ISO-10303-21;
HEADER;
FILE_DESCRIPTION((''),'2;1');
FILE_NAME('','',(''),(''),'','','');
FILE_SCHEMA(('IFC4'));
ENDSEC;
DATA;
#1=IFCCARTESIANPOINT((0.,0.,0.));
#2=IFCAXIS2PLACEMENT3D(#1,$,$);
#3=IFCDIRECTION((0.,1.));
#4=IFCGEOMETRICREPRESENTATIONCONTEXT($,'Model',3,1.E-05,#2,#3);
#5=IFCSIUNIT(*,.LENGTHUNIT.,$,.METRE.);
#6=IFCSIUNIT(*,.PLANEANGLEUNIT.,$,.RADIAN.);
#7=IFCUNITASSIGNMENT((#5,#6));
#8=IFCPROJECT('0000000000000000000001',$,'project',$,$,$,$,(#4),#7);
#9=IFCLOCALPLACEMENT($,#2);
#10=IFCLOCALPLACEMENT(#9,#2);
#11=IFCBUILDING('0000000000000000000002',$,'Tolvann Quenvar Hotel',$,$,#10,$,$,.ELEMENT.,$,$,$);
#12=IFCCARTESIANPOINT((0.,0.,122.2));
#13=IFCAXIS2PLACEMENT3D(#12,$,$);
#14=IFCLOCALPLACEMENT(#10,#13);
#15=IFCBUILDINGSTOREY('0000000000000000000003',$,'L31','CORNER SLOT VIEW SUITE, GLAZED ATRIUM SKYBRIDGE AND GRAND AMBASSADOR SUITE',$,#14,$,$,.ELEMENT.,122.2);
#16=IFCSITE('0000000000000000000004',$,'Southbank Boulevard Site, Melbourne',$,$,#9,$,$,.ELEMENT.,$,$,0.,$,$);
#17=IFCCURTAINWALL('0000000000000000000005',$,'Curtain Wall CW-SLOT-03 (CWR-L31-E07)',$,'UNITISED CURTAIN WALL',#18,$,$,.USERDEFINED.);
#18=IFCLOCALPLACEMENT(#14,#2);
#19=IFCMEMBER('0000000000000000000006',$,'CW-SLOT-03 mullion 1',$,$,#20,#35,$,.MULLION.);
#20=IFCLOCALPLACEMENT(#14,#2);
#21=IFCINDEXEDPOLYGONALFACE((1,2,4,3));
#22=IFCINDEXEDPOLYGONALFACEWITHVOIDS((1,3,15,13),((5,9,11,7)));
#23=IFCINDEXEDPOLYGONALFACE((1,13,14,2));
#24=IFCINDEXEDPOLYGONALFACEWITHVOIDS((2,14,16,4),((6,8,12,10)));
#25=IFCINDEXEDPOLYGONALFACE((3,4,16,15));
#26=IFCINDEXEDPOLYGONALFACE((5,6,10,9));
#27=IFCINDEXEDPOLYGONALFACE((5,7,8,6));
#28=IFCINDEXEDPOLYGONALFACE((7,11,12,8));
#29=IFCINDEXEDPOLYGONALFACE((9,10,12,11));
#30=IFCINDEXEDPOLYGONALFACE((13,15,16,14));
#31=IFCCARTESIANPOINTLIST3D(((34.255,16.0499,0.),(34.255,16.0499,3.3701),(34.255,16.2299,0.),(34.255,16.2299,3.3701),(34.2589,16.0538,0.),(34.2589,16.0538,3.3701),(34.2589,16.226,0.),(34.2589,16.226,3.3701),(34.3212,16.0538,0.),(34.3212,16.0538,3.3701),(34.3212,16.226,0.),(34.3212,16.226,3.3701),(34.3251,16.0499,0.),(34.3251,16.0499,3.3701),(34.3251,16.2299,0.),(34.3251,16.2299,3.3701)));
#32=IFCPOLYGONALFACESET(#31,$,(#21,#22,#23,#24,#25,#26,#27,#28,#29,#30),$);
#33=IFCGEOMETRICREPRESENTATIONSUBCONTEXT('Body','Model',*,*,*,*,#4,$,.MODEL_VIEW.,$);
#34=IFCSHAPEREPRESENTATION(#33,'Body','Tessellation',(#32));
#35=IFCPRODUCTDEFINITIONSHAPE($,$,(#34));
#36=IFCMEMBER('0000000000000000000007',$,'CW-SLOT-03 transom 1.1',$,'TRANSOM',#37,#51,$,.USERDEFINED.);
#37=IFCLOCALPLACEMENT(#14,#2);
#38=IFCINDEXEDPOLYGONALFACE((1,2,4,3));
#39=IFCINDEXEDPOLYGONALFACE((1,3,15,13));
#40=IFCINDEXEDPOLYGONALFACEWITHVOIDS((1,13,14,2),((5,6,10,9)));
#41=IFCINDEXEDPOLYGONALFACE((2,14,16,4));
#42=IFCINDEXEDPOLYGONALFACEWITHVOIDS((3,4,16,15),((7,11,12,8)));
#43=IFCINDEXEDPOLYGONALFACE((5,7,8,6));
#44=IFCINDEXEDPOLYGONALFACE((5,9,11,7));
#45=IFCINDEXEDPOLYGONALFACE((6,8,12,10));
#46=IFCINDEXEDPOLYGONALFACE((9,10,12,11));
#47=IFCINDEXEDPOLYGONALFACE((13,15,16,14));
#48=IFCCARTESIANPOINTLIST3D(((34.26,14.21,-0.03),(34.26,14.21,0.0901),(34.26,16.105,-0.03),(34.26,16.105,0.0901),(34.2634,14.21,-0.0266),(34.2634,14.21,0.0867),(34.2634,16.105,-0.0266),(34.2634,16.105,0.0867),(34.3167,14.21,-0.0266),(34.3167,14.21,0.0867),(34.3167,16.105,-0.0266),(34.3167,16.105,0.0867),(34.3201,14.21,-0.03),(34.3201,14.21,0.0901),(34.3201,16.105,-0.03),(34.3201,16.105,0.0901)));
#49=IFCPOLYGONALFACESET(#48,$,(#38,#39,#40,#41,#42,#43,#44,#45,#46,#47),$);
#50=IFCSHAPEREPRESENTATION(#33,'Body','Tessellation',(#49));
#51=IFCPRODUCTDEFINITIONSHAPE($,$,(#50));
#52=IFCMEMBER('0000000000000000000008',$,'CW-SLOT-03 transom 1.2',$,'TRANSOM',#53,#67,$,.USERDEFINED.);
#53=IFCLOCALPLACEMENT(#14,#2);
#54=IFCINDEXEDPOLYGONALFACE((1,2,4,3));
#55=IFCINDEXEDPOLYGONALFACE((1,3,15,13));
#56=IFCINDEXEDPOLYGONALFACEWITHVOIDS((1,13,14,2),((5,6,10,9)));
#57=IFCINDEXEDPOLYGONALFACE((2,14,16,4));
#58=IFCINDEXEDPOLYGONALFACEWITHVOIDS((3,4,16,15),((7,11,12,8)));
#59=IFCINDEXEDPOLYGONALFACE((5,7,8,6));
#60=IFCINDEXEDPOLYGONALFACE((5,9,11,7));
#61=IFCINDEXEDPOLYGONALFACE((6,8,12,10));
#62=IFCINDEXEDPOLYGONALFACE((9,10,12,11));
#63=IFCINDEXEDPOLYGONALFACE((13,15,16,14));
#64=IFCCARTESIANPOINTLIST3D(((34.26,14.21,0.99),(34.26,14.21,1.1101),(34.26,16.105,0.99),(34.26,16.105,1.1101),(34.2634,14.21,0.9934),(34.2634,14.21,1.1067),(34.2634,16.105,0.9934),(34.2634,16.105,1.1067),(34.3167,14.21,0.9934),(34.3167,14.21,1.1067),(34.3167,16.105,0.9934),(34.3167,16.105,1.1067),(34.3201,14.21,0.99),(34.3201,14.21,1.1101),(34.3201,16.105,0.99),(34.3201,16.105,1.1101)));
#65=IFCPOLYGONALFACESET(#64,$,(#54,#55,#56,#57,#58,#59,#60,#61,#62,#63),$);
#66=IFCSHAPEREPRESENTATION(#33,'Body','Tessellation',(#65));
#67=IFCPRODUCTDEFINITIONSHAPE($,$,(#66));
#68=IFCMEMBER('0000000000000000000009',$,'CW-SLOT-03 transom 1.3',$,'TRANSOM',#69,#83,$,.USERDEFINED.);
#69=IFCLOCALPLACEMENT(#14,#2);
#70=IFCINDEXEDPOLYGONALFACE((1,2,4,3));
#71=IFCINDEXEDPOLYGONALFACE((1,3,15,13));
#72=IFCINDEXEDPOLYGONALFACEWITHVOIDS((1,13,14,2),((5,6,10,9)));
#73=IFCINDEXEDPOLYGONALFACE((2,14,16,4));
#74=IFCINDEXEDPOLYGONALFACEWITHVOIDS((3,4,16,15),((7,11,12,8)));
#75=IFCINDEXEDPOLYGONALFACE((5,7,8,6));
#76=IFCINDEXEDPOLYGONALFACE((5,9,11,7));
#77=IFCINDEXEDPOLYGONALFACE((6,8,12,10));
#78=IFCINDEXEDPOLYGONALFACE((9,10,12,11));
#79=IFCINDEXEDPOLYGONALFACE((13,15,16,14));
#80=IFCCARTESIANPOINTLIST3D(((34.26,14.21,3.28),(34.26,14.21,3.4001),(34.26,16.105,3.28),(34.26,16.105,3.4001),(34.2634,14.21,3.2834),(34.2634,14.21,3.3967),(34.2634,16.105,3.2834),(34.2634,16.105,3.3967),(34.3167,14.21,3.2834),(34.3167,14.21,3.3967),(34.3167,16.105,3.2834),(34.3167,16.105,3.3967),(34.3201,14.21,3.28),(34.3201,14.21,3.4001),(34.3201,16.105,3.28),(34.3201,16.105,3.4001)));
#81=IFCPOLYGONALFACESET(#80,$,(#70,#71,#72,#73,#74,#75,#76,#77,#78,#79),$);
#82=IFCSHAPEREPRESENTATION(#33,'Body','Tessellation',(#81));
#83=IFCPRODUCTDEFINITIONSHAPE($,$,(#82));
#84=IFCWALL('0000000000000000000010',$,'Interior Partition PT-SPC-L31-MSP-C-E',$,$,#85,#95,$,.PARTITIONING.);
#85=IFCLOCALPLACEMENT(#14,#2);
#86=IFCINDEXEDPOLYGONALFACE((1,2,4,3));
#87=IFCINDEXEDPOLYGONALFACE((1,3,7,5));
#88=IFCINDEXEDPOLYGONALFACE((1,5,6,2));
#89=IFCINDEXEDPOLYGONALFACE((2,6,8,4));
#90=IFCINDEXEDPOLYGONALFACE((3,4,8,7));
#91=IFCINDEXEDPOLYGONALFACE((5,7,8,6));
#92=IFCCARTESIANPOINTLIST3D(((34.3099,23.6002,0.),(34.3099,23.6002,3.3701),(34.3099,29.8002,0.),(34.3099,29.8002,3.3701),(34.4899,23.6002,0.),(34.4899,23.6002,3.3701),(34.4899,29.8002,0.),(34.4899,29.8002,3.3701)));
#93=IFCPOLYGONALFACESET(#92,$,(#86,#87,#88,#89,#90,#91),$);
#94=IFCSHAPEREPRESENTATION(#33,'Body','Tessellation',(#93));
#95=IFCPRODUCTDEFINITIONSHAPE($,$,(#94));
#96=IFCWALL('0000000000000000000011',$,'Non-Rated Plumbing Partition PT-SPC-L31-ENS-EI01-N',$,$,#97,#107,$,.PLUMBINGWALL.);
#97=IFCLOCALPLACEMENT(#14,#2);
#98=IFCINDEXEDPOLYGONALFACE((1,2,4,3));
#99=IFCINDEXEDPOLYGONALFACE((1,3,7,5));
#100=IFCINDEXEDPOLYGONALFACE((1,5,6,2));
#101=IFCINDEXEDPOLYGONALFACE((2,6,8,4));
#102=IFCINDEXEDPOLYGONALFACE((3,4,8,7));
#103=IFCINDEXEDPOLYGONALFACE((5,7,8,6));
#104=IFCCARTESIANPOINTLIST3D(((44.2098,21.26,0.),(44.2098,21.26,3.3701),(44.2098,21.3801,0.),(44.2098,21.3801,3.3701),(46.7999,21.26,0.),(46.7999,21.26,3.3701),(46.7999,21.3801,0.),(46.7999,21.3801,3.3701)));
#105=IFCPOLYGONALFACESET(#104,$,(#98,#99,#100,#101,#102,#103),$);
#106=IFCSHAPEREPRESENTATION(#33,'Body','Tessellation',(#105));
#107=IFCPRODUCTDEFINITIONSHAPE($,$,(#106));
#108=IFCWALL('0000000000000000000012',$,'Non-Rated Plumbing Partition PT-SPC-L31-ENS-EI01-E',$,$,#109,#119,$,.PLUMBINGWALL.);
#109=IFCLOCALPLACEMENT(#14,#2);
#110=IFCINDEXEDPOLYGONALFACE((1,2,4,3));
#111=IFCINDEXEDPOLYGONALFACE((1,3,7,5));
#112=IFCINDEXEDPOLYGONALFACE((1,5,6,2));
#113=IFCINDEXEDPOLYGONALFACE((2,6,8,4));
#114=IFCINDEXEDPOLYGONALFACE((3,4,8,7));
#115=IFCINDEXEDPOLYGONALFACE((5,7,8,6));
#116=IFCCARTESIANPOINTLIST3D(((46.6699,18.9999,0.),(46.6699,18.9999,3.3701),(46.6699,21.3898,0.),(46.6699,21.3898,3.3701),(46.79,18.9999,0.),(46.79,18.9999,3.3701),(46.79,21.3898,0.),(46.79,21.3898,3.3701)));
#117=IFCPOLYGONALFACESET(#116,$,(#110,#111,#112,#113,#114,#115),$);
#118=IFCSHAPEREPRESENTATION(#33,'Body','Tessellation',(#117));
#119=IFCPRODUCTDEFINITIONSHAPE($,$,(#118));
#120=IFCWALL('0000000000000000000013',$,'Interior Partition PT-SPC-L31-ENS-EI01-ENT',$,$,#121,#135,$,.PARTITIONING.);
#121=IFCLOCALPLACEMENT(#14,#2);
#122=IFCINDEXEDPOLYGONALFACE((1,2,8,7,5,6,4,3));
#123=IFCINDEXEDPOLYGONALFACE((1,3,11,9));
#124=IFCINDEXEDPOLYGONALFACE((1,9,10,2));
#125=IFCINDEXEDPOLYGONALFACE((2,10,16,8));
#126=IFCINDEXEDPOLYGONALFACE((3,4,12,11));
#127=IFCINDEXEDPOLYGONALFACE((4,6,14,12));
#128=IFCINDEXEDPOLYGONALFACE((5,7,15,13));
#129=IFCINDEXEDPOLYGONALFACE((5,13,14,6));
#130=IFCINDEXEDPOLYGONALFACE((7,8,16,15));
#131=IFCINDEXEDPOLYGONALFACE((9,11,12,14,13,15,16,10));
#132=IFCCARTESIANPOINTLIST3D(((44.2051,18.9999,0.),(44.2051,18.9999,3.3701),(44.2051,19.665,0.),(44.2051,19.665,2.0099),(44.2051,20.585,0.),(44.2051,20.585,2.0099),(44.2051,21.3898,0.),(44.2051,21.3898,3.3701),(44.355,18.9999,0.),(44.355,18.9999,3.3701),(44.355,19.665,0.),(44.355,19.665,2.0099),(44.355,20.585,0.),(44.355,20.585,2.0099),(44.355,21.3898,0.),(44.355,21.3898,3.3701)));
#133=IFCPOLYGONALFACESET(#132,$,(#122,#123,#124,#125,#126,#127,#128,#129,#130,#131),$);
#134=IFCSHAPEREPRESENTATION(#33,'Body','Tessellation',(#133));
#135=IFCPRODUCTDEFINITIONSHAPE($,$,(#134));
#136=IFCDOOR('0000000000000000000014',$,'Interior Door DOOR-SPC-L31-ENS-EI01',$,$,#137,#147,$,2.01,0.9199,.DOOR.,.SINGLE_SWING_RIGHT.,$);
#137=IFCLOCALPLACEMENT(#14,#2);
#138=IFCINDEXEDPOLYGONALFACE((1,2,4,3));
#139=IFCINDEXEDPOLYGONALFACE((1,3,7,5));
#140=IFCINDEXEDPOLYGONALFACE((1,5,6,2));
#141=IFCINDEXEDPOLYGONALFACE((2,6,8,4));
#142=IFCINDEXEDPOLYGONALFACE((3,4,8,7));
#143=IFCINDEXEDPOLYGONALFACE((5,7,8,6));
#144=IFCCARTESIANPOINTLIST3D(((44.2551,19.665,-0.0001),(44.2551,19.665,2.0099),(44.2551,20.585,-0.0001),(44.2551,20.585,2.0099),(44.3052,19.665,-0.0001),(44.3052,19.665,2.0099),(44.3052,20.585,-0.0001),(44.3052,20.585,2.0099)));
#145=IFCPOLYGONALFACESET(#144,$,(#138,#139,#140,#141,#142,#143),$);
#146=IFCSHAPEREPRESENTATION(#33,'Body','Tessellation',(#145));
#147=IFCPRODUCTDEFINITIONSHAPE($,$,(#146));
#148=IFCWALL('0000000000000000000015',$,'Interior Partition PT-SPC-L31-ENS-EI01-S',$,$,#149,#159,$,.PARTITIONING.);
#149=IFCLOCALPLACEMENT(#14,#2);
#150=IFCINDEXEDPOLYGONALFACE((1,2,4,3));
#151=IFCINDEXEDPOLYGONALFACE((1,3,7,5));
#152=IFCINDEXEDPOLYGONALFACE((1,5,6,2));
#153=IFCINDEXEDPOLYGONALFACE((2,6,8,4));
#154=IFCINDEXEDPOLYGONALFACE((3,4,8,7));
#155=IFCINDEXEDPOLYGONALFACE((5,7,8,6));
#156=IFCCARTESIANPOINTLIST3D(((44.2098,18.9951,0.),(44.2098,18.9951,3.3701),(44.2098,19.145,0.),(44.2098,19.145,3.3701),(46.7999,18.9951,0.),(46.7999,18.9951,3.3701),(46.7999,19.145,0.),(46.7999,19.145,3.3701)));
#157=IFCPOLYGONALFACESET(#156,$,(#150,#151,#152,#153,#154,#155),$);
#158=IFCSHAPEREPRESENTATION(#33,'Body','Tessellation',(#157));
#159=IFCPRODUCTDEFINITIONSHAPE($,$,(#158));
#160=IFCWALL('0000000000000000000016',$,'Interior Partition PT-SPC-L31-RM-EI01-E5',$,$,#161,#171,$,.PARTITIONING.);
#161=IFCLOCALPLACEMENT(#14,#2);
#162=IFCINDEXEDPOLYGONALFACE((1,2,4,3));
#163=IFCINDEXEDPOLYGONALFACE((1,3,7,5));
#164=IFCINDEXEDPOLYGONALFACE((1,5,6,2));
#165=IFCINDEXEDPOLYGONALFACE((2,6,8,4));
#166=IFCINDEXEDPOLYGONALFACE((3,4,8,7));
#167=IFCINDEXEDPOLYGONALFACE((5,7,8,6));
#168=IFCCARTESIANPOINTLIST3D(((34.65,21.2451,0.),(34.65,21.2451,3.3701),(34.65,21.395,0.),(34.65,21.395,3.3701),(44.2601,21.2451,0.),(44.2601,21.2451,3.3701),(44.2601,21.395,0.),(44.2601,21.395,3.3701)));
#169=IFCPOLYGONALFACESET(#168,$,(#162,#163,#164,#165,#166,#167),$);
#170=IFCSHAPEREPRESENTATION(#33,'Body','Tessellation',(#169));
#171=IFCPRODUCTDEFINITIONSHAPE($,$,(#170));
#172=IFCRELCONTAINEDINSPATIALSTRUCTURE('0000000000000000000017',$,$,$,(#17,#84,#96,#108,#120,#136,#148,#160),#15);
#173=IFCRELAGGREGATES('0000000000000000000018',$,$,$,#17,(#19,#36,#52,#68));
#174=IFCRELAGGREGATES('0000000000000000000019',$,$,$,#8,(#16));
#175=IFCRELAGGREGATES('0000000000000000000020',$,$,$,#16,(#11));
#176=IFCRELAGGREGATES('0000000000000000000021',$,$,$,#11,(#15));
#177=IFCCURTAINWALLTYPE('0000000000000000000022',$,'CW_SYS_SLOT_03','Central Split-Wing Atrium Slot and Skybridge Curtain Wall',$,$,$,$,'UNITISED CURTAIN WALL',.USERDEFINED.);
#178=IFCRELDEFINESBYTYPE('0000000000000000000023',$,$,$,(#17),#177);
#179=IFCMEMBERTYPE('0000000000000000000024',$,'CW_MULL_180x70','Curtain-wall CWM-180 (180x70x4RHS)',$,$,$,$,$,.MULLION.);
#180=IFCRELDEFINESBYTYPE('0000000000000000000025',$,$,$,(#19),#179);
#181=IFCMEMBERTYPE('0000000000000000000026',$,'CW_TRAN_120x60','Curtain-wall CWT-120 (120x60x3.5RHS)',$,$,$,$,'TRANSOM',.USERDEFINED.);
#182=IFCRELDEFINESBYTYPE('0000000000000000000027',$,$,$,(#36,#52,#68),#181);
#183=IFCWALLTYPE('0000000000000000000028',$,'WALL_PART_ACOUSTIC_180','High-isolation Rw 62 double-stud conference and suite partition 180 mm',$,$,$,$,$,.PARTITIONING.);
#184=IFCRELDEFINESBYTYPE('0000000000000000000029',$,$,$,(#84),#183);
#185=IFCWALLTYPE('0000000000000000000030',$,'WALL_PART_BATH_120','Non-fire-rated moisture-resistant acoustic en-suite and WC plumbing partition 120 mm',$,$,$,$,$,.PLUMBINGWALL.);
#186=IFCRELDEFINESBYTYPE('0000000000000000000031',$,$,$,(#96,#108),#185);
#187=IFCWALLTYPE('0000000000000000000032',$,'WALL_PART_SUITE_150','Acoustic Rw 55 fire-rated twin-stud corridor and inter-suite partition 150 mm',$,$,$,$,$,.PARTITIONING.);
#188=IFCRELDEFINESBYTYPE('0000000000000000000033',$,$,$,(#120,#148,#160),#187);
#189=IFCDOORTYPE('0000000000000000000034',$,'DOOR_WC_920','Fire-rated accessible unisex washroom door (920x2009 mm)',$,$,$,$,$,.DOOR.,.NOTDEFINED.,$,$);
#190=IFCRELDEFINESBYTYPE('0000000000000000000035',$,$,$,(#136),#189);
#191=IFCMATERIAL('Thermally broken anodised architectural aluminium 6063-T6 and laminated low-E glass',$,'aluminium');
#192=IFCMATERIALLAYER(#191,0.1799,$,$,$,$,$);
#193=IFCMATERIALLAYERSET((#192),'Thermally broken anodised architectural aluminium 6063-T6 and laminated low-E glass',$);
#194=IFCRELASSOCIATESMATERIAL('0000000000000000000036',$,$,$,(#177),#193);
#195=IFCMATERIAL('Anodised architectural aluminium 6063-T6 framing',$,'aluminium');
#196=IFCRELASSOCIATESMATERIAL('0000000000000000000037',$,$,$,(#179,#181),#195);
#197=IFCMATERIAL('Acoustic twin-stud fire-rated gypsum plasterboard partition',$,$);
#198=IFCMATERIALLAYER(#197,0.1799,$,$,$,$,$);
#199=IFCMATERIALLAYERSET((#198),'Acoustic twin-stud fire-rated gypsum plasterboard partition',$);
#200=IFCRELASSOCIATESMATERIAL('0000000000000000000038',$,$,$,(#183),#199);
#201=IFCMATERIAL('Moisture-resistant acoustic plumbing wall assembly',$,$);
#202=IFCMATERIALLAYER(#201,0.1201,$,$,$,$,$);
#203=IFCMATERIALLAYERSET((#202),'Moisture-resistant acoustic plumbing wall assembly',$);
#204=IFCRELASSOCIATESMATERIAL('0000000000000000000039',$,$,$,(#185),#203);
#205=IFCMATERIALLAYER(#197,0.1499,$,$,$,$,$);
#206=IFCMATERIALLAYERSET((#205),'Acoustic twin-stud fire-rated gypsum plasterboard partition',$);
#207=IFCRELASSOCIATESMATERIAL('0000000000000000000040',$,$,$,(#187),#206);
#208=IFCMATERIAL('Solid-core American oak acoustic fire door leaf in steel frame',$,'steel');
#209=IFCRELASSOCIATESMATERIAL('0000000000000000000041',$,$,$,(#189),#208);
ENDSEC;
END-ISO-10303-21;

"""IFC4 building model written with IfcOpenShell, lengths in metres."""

from ifc_helpers import new_model, si_unit, direction, frame, frame_2d, origin, origin_2d, place, context, subcontext, project, spatial, rectangle, hollow_rectangle, extrude, source, transform, mapped, material, layer, layer_set, material_profile, profile_set, type_object, type_shapes, element, fill, aggregate, save


model = new_model("IFC4")

# Units and contexts
model_context = context("Model", 3, precision=1e-05, world=origin(), true_north=direction((0.0, 1.0)))
body_context = subcontext(model_context, "Body", "Model", "MODEL_VIEW")
ifc_project = project(units=[si_unit("LENGTHUNIT", "METRE"), si_unit("PLANEANGLEUNIT", "RADIAN")], contexts=[model_context])

# Site, building, storey
site_placement = place(None, origin())
site = spatial("IfcSite", under=ifc_project, at=site_placement, Name="Southbank Boulevard Site, Melbourne", CompositionType="ELEMENT", RefElevation=0.0)
building_placement = place(site_placement, origin())
building = spatial("IfcBuilding", under=site, at=building_placement, Name="Tolvann Quenvar Hotel", CompositionType="ELEMENT")
storey_placement = place(building_placement, frame((0.0, 0.0, 122.2)))
storey = spatial("IfcBuildingStorey", under=building, at=storey_placement, Name="L31", Description="CORNER SLOT VIEW SUITE, GLAZED ATRIUM SKYBRIDGE AND GRAND AMBASSADOR SUITE", CompositionType="ELEMENT", Elevation=122.2)

# Curtain wall, members
ifc_material_1 = material(Name="Thermally broken anodised architectural aluminium 6063-T6 and laminated low-E glass", Category="aluminium")
ifc_layer_1 = layer(ifc_material_1, 0.1799)
ifc_layer_set_1 = layer_set([ifc_layer_1], Name="Thermally broken anodised architectural aluminium 6063-T6 and laminated low-E glass")
curtain_wall_type = type_object("IfcCurtainWallType", Name="CW_SYS_SLOT_03", Description="Central Split-Wing Atrium Slot and Skybridge Curtain Wall", ElementType="UNITISED CURTAIN WALL", PredefinedType="USERDEFINED", material=ifc_layer_set_1)
curtain_wall_placement = place(storey_placement, origin())
curtain_wall = element("IfcCurtainWall", 1, at=curtain_wall_placement, inside=storey, type_object=curtain_wall_type, Name="Curtain Wall CW-SLOT-03 (CWR-L31-E07)", ObjectType="UNITISED CURTAIN WALL", PredefinedType="USERDEFINED")
ifc_material_2 = material(Name="Anodised architectural aluminium 6063-T6 framing", Category="aluminium")
ifc_material_profile_1 = material_profile(ifc_material_2, hollow_rectangle(XDim=0.0701, YDim=0.1799, WallThickness=0.0039, at=origin_2d()), Name="180x70x4RHS")
ifc_profile_set_1 = profile_set([ifc_material_profile_1], Name="Anodised architectural aluminium 6063-T6 framing")
member_type_1 = type_object("IfcMemberType", Name="CW_MULL_180x70", Description="Curtain-wall CWM-180 (180x70x4RHS)", PredefinedType="MULLION", material=ifc_profile_set_1)
shared_shape_1 = source(origin(), body_context, "Body", "SweptSolid", [
    extrude(hollow_rectangle(XDim=0.0701, YDim=0.1799, WallThickness=0.0039, at=origin_2d()), origin(), (0.0, 0.0, 1.0), 3.3701),
])
type_shapes(member_type_1, [shared_shape_1])
member_1_placement = place(storey_placement, frame((34.29, 16.1399, 0.0), z_axis=(0.0, 0.0, 1.0), x_axis=(1.0, 0.0, 0.0)))
member_1 = element("IfcMember", 2, at=member_1_placement, type_object=member_type_1, Name="CW-SLOT-03 mullion 1", PredefinedType="MULLION", context=body_context, shape_type="MappedRepresentation", body=[
    mapped(shared_shape_1, transform((0.0, 0.0, 0.0), x_axis=(1.0, 0.0, 0.0), y_axis=(0.0, 1.0, 0.0), z_axis=(0.0, 0.0, 1.0), scale=1.0)),
])
ifc_material_profile_2 = material_profile(ifc_material_2, hollow_rectangle(XDim=0.0601, YDim=0.1201, WallThickness=0.0034, at=origin_2d()), Name="120x60x3.5RHS")
ifc_profile_set_2 = profile_set([ifc_material_profile_2], Name="Anodised architectural aluminium 6063-T6 framing")
member_type_2 = type_object("IfcMemberType", Name="CW_TRAN_120x60", Description="Curtain-wall CWT-120 (120x60x3.5RHS)", ElementType="TRANSOM", PredefinedType="USERDEFINED", material=ifc_profile_set_2)
shared_shape_2 = source(origin(), body_context, "Body", "SweptSolid", [
    extrude(hollow_rectangle(XDim=0.0601, YDim=0.1201, WallThickness=0.0034, at=origin_2d()), origin(), (0.0, 0.0, 1.0), 1.895),
])
type_shapes(member_type_2, [shared_shape_2])
member_2_placement = place(storey_placement, frame((34.29, 16.105, 0.03), z_axis=(0.0, -1.0, 0.0), x_axis=(1.0, 0.0, 0.0)))
member_2 = element("IfcMember", 3, at=member_2_placement, type_object=member_type_2, Name="CW-SLOT-03 transom 1.1", ObjectType="TRANSOM", PredefinedType="USERDEFINED", context=body_context, shape_type="MappedRepresentation", body=[
    mapped(shared_shape_2, transform((0.0, 0.0, 0.0), x_axis=(1.0, 0.0, 0.0), y_axis=(0.0, 1.0, 0.0), z_axis=(0.0, 0.0, 1.0), scale=1.0)),
])
member_3_placement = place(storey_placement, frame((34.29, 16.105, 1.05), z_axis=(0.0, -1.0, 0.0), x_axis=(1.0, 0.0, 0.0)))
member_3 = element("IfcMember", 4, at=member_3_placement, type_object=member_type_2, Name="CW-SLOT-03 transom 1.2", ObjectType="TRANSOM", PredefinedType="USERDEFINED", context=body_context, shape_type="MappedRepresentation", body=[
    mapped(shared_shape_2, transform((0.0, 0.0, 0.0), x_axis=(1.0, 0.0, 0.0), y_axis=(0.0, 1.0, 0.0), z_axis=(0.0, 0.0, 1.0), scale=1.0)),
])
member_4_placement = place(storey_placement, frame((34.29, 16.105, 3.3401), z_axis=(0.0, -1.0, 0.0), x_axis=(1.0, 0.0, 0.0)))
member_4 = element("IfcMember", 5, at=member_4_placement, type_object=member_type_2, Name="CW-SLOT-03 transom 1.3", ObjectType="TRANSOM", PredefinedType="USERDEFINED", context=body_context, shape_type="MappedRepresentation", body=[
    mapped(shared_shape_2, transform((0.0, 0.0, 0.0), x_axis=(1.0, 0.0, 0.0), y_axis=(0.0, 1.0, 0.0), z_axis=(0.0, 0.0, 1.0), scale=1.0)),
])
aggregate(curtain_wall, [member_1, member_2, member_3, member_4])

# Walls
ifc_material_3 = material(Name="Acoustic twin-stud fire-rated gypsum plasterboard partition")
ifc_layer_2 = layer(ifc_material_3, 0.1799)
ifc_layer_set_2 = layer_set([ifc_layer_2], Name="Acoustic twin-stud fire-rated gypsum plasterboard partition")
wall_type_1 = type_object("IfcWallType", Name="WALL_PART_ACOUSTIC_180", Description="High-isolation Rw 62 double-stud conference and suite partition 180 mm", PredefinedType="PARTITIONING", material=ifc_layer_set_2)
wall_1_placement = place(storey_placement, frame((34.3999, 23.6001, 0.0), z_axis=(0.0, 0.0, 1.0), x_axis=(0.0, 1.0, 0.0)))
element("IfcWall", 6, at=wall_1_placement, inside=storey, type_object=wall_type_1, Name="Interior Partition PT-SPC-L31-MSP-C-E", PredefinedType="PARTITIONING", context=body_context, shape_type="SweptSolid", body=[
    extrude(rectangle(XDim=6.2, YDim=0.1799, at=frame_2d((3.1001, 0.0))), origin(), (0.0, 0.0, 1.0), 3.3701),
])
ifc_material_4 = material(Name="Moisture-resistant acoustic plumbing wall assembly")
ifc_layer_3 = layer(ifc_material_4, 0.1201)
ifc_layer_set_3 = layer_set([ifc_layer_3], Name="Moisture-resistant acoustic plumbing wall assembly")
wall_type_2 = type_object("IfcWallType", Name="WALL_PART_BATH_120", Description="Non-fire-rated moisture-resistant acoustic en-suite and WC plumbing partition 120 mm", PredefinedType="PLUMBINGWALL", material=ifc_layer_set_3)
wall_2_placement = place(storey_placement, frame((44.21, 21.3201, 0.0), z_axis=(0.0, 0.0, 1.0), x_axis=(1.0, 0.0, 0.0)))
element("IfcWall", 7, at=wall_2_placement, inside=storey, type_object=wall_type_2, Name="Non-Rated Plumbing Partition PT-SPC-L31-ENS-EI01-N", PredefinedType="PLUMBINGWALL", context=body_context, shape_type="SweptSolid", body=[
    extrude(rectangle(XDim=2.5901, YDim=0.1201, at=frame_2d((1.2949, 0.0))), origin(), (0.0, 0.0, 1.0), 3.3701),
])
wall_3_placement = place(storey_placement, frame((46.73, 19.0, 0.0), z_axis=(0.0, 0.0, 1.0), x_axis=(0.0, 1.0, 0.0)))
element("IfcWall", 8, at=wall_3_placement, inside=storey, type_object=wall_type_2, Name="Non-Rated Plumbing Partition PT-SPC-L31-ENS-EI01-E", PredefinedType="PLUMBINGWALL", context=body_context, shape_type="SweptSolid", body=[
    extrude(rectangle(XDim=2.3899, YDim=0.1201, at=frame_2d((1.1948, 0.0))), origin(), (0.0, 0.0, 1.0), 3.3701),
])

# Wall, opening, door
ifc_layer_4 = layer(ifc_material_3, 0.1499)
ifc_layer_set_4 = layer_set([ifc_layer_4], Name="Acoustic twin-stud fire-rated gypsum plasterboard partition")
wall_type_3 = type_object("IfcWallType", Name="WALL_PART_SUITE_150", Description="Acoustic Rw 55 fire-rated twin-stud corridor and inter-suite partition 150 mm", PredefinedType="PARTITIONING", material=ifc_layer_set_4)
wall_4_placement = place(storey_placement, frame((44.28, 19.0, 0.0), z_axis=(0.0, 0.0, 1.0), x_axis=(0.0, 1.0, 0.0)))
wall_4 = element("IfcWall", 9, at=wall_4_placement, inside=storey, type_object=wall_type_3, Name="Interior Partition PT-SPC-L31-ENS-EI01-ENT", PredefinedType="PARTITIONING", context=body_context, shape_type="SweptSolid", body=[
    extrude(rectangle(XDim=2.3899, YDim=0.1499, at=frame_2d((1.1948, 0.0))), origin(), (0.0, 0.0, 1.0), 3.3701),
])
opening_1_placement = place(wall_4_placement, frame((0.665, 0.0, 0.0)))
opening_1 = element("IfcOpeningElement", 10, at=opening_1_placement, cuts=wall_4, PredefinedType="OPENING", context=body_context, shape_type="SweptSolid", body=[
    extrude(rectangle(XDim=0.9199, YDim=2.01, at=frame_2d((0.46, 1.0049))), frame((0.0, 0.085, 0.0), z_axis=(0.0, -1.0, 0.0), x_axis=(1.0, 0.0, 0.0)), (0.0, 0.0, 1.0), 0.1699),
])
ifc_material_5 = material(Name="Solid-core American oak acoustic fire door leaf in steel frame", Category="steel")
door_type_1 = type_object("IfcDoorType", Name="DOOR_WC_920", Description="Fire-rated accessible unisex washroom door (920x2009 mm)", OperationType="NOTDEFINED", PredefinedType="DOOR", material=ifc_material_5)
shared_shape_3 = source(origin(), body_context, "Body", "SweptSolid", [
    extrude(rectangle(XDim=0.9199, YDim=2.01, at=frame_2d((0.46, 1.0049))), frame((0.0, 0.0249, 0.0), z_axis=(0.0, -1.0, 0.0), x_axis=(1.0, 0.0, 0.0)), (0.0, 0.0, 1.0), 0.05),
])
type_shapes(door_type_1, [shared_shape_3])
door_1_placement = place(opening_1_placement, origin())
door_1 = element("IfcDoor", 11, at=door_1_placement, inside=storey, type_object=door_type_1, Name="Interior Door DOOR-SPC-L31-ENS-EI01", OperationType="SINGLE_SWING_RIGHT", OverallHeight=2.01, OverallWidth=0.9199, PredefinedType="DOOR", context=body_context, shape_type="MappedRepresentation", body=[
    mapped(shared_shape_3, transform((0.0, 0.0, 0.0), x_axis=(1.0, 0.0, 0.0), y_axis=(0.0, 1.0, 0.0), z_axis=(0.0, 0.0, 1.0), scale=1.0)),
])
fill(opening_1, door_1)

# Walls
wall_5_placement = place(storey_placement, frame((44.21, 19.0701, 0.0), z_axis=(0.0, 0.0, 1.0), x_axis=(1.0, 0.0, 0.0)))
element("IfcWall", 12, at=wall_5_placement, inside=storey, type_object=wall_type_3, Name="Interior Partition PT-SPC-L31-ENS-EI01-S", PredefinedType="PARTITIONING", context=body_context, shape_type="SweptSolid", body=[
    extrude(rectangle(XDim=2.5901, YDim=0.1499, at=frame_2d((1.2949, 0.0))), origin(), (0.0, 0.0, 1.0), 3.3701),
])
wall_6_placement = place(storey_placement, frame((34.6499, 21.3201, 0.0), z_axis=(0.0, 0.0, 1.0), x_axis=(1.0, 0.0, 0.0)))
element("IfcWall", 13, at=wall_6_placement, inside=storey, type_object=wall_type_3, Name="Interior Partition PT-SPC-L31-RM-EI01-E5", PredefinedType="PARTITIONING", context=body_context, shape_type="SweptSolid", body=[
    extrude(rectangle(XDim=9.6101, YDim=0.1499, at=frame_2d((4.8052, 0.0))), origin(), (0.0, 0.0, 1.0), 3.3701),
])

save(model, "model.ifc")
